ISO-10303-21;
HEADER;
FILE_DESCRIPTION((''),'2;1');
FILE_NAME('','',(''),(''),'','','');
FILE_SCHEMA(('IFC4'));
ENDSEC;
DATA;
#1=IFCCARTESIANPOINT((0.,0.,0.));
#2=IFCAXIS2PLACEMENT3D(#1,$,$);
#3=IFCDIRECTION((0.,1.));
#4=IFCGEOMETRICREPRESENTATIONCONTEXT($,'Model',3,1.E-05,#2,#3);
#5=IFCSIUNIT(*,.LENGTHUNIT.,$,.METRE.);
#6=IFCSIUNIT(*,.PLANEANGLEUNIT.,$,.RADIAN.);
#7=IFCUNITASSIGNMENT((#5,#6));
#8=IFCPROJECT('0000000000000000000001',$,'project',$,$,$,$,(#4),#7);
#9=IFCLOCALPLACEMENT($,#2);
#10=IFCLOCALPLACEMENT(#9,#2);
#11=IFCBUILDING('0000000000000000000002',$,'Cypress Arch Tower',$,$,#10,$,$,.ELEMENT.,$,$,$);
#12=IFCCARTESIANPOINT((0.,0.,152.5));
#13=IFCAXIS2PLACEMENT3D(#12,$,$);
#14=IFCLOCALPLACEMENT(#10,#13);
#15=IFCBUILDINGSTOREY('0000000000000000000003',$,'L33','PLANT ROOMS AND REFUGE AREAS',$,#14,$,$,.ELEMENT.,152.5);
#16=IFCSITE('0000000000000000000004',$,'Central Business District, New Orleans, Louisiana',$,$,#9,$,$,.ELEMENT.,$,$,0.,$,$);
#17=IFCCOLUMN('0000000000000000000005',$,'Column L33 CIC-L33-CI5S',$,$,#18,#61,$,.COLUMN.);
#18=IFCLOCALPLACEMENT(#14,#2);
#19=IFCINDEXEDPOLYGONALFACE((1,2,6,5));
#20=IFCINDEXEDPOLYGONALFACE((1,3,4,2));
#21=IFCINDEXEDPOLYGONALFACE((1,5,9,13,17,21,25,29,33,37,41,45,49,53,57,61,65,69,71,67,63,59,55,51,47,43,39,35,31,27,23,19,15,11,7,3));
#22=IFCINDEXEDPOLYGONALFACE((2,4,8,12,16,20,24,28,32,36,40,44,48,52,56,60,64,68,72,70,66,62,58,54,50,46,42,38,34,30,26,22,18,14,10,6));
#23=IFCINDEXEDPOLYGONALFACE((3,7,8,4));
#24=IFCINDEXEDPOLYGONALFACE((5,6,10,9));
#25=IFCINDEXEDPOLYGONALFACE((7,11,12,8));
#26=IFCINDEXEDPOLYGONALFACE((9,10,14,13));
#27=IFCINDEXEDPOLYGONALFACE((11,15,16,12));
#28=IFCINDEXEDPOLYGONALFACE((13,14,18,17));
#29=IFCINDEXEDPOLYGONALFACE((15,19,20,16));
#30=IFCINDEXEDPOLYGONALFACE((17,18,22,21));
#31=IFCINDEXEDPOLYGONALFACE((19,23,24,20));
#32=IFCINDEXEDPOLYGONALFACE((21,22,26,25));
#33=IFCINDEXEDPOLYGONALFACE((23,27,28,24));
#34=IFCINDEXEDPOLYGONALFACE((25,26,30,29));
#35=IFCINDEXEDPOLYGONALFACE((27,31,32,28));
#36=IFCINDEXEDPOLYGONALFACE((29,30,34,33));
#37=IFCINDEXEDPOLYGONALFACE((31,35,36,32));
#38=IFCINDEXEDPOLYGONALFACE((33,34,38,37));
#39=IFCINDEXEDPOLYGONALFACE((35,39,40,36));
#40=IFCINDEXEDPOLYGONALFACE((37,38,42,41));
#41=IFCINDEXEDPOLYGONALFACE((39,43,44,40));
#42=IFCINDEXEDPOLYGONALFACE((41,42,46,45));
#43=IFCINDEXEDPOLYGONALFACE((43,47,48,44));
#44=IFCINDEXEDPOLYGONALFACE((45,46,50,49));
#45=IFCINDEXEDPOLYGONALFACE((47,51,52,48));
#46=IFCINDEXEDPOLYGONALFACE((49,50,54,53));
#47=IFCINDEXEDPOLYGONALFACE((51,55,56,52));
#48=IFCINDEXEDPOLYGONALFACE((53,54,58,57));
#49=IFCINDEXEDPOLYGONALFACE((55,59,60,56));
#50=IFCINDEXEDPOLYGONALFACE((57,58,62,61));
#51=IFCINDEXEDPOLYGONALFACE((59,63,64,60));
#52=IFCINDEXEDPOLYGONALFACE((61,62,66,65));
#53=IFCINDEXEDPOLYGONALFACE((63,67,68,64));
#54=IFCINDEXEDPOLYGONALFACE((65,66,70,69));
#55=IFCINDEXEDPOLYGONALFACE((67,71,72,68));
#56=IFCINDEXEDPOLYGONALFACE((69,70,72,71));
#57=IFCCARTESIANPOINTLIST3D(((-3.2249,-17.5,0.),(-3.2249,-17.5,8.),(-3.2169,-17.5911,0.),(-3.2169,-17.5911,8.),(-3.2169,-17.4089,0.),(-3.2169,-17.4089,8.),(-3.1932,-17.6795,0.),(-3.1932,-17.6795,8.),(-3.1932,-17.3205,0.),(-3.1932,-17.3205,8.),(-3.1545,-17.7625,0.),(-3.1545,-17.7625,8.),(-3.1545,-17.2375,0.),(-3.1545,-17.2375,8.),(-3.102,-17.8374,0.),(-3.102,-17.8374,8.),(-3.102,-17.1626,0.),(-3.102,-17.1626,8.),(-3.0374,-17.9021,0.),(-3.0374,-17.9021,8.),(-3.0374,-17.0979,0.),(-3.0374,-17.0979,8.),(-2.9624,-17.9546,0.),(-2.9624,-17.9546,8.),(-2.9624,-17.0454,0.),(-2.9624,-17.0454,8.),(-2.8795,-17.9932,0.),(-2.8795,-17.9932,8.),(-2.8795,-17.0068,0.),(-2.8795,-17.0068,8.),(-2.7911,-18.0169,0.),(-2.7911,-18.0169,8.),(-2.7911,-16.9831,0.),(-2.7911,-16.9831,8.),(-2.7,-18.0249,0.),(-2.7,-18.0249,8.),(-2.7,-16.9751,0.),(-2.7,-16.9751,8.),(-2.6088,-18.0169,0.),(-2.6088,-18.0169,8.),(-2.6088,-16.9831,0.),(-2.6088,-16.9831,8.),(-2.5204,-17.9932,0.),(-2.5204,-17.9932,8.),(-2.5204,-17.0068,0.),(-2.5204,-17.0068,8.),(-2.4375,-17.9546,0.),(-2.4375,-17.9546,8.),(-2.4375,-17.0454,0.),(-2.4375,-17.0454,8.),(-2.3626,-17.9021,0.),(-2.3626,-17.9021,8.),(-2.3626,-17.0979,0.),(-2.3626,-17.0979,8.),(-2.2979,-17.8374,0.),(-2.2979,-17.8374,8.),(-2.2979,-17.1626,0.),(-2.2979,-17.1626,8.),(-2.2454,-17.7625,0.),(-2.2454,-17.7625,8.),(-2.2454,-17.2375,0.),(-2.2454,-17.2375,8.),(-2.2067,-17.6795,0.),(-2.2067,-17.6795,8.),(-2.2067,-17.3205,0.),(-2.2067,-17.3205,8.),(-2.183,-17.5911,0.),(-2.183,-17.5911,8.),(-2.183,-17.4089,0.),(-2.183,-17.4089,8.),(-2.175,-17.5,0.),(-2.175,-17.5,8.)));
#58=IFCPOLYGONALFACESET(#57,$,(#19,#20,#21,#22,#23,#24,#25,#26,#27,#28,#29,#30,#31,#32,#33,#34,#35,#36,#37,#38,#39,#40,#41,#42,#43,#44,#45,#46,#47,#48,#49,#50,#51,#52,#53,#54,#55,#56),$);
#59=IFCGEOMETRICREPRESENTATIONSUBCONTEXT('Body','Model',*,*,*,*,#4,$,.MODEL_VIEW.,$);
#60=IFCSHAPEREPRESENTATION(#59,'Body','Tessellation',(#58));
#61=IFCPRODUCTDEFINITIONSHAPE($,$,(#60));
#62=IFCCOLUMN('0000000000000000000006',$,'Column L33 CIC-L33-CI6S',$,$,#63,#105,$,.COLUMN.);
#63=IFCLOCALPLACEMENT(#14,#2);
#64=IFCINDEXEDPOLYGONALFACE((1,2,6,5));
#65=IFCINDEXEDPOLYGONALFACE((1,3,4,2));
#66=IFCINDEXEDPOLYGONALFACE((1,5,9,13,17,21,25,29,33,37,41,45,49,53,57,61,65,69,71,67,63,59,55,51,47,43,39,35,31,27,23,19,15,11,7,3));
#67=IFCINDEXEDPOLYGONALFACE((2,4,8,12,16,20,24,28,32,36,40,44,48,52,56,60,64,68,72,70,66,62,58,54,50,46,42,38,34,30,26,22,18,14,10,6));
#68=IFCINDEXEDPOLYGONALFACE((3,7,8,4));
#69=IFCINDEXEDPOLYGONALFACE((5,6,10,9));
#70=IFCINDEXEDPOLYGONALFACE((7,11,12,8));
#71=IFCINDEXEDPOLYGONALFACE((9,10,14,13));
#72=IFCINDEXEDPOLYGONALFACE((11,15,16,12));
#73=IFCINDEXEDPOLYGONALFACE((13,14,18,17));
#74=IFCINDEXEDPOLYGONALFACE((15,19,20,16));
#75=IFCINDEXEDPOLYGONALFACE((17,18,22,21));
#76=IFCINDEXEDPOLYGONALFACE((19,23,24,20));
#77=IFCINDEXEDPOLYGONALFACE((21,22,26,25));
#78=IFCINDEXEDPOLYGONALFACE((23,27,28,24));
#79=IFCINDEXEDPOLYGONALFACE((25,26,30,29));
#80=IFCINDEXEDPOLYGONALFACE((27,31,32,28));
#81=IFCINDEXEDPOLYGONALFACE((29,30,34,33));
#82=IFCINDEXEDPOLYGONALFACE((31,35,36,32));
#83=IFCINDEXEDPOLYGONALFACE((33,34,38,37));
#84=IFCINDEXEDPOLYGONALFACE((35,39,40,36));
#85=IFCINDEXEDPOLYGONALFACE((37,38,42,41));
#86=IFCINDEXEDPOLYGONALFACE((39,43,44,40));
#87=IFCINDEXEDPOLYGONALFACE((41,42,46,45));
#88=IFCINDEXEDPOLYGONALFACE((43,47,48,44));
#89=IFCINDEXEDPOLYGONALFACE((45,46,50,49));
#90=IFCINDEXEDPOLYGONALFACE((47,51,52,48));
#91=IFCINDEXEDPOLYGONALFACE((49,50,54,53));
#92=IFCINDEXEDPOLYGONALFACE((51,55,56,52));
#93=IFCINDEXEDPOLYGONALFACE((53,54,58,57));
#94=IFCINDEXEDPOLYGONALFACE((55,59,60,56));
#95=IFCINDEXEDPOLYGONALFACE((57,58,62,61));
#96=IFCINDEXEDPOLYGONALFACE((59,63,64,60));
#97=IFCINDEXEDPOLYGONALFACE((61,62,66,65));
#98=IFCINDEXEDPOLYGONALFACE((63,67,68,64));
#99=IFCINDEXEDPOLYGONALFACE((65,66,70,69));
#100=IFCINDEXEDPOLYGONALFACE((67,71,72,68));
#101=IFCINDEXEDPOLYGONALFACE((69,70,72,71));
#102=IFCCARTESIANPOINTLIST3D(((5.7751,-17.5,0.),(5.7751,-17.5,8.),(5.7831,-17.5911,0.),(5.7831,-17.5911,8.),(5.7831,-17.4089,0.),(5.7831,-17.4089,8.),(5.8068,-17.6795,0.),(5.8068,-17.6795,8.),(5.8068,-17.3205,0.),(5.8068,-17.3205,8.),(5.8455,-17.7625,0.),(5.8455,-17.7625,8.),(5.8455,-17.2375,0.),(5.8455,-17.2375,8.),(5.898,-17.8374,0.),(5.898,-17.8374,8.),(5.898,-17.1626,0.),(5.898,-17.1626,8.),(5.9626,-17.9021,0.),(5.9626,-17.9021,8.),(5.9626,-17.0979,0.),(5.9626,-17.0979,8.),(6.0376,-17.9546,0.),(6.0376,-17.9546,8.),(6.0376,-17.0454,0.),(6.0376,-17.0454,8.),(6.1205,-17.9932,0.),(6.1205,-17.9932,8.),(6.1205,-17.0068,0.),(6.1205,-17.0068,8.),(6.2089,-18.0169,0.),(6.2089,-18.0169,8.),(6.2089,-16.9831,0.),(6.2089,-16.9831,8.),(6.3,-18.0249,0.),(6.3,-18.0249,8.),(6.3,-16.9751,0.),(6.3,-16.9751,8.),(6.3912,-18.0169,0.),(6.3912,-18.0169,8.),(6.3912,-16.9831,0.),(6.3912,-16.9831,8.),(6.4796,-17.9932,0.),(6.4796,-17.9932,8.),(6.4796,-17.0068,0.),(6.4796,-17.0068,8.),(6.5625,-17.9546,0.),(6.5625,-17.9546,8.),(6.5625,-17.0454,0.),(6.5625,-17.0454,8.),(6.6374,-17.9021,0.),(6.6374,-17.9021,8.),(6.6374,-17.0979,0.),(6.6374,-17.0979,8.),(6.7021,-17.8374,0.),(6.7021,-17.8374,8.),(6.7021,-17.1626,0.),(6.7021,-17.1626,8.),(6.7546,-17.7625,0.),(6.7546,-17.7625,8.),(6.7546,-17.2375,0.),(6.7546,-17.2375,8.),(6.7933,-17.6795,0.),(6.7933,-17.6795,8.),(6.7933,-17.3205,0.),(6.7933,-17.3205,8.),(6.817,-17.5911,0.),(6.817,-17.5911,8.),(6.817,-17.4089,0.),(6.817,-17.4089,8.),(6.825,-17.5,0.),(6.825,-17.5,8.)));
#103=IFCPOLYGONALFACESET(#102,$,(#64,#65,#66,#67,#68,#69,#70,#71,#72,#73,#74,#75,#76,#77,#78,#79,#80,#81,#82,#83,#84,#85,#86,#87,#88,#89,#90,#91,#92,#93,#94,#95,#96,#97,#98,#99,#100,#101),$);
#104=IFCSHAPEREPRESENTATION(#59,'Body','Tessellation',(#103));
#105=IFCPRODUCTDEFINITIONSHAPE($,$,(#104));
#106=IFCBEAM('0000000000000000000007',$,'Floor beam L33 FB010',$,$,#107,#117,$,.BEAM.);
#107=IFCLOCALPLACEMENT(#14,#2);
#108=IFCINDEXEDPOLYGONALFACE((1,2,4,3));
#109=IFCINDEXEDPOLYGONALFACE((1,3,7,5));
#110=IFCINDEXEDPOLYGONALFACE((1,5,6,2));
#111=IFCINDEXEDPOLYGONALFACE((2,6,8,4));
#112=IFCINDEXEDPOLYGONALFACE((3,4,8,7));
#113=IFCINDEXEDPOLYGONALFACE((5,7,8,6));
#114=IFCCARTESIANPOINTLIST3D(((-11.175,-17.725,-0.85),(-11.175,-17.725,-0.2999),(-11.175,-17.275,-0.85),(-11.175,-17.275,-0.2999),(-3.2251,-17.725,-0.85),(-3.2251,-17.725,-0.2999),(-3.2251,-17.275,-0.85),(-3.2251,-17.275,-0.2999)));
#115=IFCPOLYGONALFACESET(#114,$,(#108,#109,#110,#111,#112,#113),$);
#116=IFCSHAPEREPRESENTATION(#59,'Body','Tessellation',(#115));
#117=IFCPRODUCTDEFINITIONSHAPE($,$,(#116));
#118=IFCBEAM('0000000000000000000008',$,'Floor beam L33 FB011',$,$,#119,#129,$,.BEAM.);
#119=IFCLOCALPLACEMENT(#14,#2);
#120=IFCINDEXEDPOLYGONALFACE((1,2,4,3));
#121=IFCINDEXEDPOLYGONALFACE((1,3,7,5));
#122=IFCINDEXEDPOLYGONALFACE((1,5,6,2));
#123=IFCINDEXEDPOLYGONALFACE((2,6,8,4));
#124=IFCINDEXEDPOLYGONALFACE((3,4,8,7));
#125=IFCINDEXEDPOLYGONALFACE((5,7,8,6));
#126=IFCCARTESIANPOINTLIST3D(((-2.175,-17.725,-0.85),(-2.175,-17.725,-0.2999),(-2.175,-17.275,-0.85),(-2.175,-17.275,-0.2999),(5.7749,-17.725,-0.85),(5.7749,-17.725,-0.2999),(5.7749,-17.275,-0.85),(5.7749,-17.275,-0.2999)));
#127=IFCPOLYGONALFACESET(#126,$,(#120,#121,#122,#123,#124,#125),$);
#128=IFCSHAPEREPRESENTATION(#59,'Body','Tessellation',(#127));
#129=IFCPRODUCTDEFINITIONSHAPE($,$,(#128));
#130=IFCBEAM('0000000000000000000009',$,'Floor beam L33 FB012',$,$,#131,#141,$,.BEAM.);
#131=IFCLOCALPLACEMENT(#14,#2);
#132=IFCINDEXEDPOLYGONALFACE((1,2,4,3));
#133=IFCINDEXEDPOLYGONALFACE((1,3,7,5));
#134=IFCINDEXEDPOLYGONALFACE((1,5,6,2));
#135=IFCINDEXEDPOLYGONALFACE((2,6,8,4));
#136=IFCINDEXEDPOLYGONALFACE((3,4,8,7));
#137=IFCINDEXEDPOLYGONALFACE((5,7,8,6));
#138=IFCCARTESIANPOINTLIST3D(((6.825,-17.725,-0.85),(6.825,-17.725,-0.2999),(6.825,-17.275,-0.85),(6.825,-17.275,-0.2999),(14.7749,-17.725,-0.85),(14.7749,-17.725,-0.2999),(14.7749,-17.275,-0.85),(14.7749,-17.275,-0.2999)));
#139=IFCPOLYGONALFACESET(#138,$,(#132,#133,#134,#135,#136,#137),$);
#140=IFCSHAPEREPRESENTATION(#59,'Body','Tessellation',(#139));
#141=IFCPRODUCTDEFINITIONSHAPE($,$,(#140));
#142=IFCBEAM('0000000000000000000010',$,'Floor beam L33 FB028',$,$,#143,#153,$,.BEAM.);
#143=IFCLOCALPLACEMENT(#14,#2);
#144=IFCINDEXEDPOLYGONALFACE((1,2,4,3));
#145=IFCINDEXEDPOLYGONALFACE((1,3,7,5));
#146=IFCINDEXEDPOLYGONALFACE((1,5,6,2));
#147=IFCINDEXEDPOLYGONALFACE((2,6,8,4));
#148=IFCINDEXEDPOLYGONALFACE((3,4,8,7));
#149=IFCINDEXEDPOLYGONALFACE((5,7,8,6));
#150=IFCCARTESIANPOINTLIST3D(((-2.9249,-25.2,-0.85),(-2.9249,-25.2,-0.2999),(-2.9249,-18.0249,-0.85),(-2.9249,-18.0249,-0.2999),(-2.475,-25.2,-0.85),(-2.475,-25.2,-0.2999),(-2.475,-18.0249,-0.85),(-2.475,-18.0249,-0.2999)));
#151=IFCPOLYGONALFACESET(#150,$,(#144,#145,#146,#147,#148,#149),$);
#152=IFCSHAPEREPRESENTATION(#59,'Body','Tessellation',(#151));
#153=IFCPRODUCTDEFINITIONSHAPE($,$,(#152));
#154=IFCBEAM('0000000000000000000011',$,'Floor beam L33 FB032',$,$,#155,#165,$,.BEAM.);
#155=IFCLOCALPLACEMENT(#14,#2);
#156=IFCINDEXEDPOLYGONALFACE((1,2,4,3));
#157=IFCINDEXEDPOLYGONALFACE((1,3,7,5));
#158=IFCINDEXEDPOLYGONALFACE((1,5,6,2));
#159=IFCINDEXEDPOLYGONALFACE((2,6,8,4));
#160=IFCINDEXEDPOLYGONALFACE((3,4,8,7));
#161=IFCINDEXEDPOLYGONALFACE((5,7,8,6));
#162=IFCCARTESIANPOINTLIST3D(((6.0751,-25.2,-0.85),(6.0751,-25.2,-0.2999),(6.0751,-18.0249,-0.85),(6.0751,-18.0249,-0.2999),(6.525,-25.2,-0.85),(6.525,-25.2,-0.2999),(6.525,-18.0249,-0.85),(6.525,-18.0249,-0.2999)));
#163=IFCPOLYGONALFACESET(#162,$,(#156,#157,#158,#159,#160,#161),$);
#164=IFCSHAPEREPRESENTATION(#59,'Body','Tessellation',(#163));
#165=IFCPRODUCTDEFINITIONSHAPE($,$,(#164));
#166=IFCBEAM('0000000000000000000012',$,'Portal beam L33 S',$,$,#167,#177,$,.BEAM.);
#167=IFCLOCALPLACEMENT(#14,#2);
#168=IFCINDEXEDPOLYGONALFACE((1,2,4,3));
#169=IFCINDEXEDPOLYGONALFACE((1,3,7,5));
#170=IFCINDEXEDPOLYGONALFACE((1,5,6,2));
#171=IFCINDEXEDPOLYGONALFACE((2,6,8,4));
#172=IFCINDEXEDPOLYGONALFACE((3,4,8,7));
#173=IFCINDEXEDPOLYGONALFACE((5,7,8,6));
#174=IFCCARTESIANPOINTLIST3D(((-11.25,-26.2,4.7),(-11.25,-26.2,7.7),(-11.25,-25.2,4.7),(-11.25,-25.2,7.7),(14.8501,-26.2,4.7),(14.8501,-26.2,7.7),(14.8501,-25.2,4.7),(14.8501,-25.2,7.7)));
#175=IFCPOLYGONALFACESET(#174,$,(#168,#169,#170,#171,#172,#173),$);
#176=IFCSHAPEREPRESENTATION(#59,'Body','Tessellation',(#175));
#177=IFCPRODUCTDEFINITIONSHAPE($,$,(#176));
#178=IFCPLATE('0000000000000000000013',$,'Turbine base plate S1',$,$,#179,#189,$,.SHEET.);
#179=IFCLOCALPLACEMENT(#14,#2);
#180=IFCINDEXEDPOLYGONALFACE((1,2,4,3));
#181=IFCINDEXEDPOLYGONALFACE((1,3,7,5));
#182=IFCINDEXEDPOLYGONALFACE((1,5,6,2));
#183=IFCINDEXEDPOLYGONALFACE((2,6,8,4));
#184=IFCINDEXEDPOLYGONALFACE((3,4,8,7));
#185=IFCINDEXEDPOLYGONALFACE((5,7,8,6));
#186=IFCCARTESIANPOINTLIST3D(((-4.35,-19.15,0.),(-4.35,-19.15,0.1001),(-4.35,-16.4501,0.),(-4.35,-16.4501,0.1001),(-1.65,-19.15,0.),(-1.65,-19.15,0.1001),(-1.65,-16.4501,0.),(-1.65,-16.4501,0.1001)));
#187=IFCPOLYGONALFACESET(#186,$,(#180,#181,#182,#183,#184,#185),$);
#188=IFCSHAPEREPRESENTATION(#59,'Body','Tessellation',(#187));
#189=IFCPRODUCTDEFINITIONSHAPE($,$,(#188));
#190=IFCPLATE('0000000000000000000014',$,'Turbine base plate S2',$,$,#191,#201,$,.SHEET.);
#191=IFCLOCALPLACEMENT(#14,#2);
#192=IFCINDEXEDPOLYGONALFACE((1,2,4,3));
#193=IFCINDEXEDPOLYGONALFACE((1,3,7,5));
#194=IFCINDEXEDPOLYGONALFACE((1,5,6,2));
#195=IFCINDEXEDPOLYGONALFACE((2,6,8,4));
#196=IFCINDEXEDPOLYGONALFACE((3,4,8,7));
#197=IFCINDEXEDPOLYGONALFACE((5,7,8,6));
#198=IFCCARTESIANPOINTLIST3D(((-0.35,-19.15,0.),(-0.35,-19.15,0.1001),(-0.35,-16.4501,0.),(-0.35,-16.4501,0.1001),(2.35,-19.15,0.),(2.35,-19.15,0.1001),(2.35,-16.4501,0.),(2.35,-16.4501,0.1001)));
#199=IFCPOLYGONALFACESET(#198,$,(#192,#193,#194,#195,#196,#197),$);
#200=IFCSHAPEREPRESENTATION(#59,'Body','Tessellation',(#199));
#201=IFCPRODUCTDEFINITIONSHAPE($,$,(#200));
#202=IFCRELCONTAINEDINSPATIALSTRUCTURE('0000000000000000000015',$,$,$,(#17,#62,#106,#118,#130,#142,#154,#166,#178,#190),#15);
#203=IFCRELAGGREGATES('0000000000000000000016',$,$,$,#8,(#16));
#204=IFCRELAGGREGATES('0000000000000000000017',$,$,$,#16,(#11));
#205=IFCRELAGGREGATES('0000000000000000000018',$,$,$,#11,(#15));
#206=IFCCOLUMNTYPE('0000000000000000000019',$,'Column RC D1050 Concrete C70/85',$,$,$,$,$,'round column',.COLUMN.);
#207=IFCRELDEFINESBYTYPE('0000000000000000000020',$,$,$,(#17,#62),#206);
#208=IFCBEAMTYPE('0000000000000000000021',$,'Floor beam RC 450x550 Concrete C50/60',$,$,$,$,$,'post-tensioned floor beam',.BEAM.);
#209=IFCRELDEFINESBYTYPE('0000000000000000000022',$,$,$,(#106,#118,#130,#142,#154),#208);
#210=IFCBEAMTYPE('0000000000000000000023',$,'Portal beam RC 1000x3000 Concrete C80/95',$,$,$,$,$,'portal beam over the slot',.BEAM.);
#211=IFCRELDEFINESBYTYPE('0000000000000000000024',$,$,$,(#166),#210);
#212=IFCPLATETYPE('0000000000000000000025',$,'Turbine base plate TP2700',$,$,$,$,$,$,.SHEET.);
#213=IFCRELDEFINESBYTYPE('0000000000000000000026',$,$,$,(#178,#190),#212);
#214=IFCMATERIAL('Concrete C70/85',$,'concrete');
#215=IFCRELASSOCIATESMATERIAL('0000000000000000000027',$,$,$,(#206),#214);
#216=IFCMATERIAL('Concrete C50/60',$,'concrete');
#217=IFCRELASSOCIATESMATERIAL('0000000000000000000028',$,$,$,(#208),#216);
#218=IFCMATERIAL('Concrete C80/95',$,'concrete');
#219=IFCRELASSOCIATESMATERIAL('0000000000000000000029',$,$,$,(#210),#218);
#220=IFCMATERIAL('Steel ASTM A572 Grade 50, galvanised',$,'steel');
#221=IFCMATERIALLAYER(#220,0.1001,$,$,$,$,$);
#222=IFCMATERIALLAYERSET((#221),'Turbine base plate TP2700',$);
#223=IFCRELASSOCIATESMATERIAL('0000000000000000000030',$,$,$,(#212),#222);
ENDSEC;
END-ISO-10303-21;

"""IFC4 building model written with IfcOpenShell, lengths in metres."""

from ifc_helpers import new_model, si_unit, direction, frame, origin, origin_2d, place, context, subcontext, project, spatial, rectangle, circle, extrude, material, layer, layer_set, material_profile, profile_set, type_object, element, save


model = new_model("IFC4")

# Units and contexts
model_context = context("Model", 3, precision=1e-05, world=origin(), true_north=direction((0.0, 1.0)))
body_context = subcontext(model_context, "Body", "Model", "MODEL_VIEW")
ifc_project = project(units=[si_unit("LENGTHUNIT", "METRE"), si_unit("PLANEANGLEUNIT", "RADIAN")], contexts=[model_context])

# Site, building, storey
site_placement = place(None, origin())
site = spatial("IfcSite", under=ifc_project, at=site_placement, Name="Central Business District, New Orleans, Louisiana", CompositionType="ELEMENT", RefElevation=0.0)
building_placement = place(site_placement, origin())
building = spatial("IfcBuilding", under=site, at=building_placement, Name="Cypress Arch Tower", CompositionType="ELEMENT")
storey_placement = place(building_placement, frame((0.0, 0.0, 152.5)))
storey = spatial("IfcBuildingStorey", under=building, at=storey_placement, Name="L33", Description="PLANT ROOMS AND REFUGE AREAS", CompositionType="ELEMENT", Elevation=152.5)

# Columns
ifc_material_1 = material(Name="Concrete C70/85", Category="concrete")
ifc_material_profile_1 = material_profile(ifc_material_1, circle(Radius=0.5249, at=origin_2d()), Name="RC D1050")
ifc_profile_set_1 = profile_set([ifc_material_profile_1], Name="Concrete C70/85")
column_type = type_object("IfcColumnType", Name="Column RC D1050 Concrete C70/85", ElementType="round column", PredefinedType="COLUMN", material=ifc_profile_set_1)
for number, where, z_axis, x_axis, name in (
    (1, (-2.7, -17.5, 0.0), (0.0, 0.0, 1.0), (1.0, 0.0, 0.0), "Column L33 CIC-L33-CI5S"),
    (2, (6.3, -17.5, 0.0), (0.0, 0.0, 1.0), (1.0, 0.0, 0.0), "Column L33 CIC-L33-CI6S"),
):
    element("IfcColumn", number, at=place(storey_placement, frame(where, z_axis=z_axis, x_axis=x_axis)), inside=storey, type_object=column_type, Name=name, PredefinedType="COLUMN", context=body_context, shape_type="SweptSolid", body=[
        extrude(circle(Radius=0.5249, at=origin_2d()), origin(), (0.0, 0.0, 1.0), 8.0),
    ])

# Beams
ifc_material_2 = material(Name="Concrete C50/60", Category="concrete")
ifc_material_profile_2 = material_profile(ifc_material_2, rectangle(XDim=0.45, YDim=0.55, at=origin_2d()), Name="RC 450x550")
ifc_profile_set_2 = profile_set([ifc_material_profile_2], Name="Concrete C50/60")
beam_type_1 = type_object("IfcBeamType", Name="Floor beam RC 450x550 Concrete C50/60", ElementType="post-tensioned floor beam", PredefinedType="BEAM", material=ifc_profile_set_2)
for number, where, z_axis, x_axis, name in (
    (3, (-11.175, -17.5, -0.575), (1.0, 0.0, 0.0), (0.0, 1.0, 0.0), "Floor beam L33 FB010"),
    (4, (-2.175, -17.5, -0.575), (1.0, 0.0, 0.0), (0.0, 1.0, 0.0), "Floor beam L33 FB011"),
    (5, (6.825, -17.5, -0.575), (1.0, 0.0, 0.0), (0.0, 1.0, 0.0), "Floor beam L33 FB012"),
):
    element("IfcBeam", number, at=place(storey_placement, frame(where, z_axis=z_axis, x_axis=x_axis)), inside=storey, type_object=beam_type_1, Name=name, PredefinedType="BEAM", context=body_context, shape_type="SweptSolid", body=[
        extrude(rectangle(XDim=0.45, YDim=0.55, at=origin_2d()), origin(), (0.0, 0.0, 1.0), 7.95),
    ])
for number, where, z_axis, x_axis, name in (
    (6, (-2.7, -25.2, -0.575), (0.0, 1.0, 0.0), (-1.0, 0.0, 0.0), "Floor beam L33 FB028"),
    (7, (6.3, -25.2, -0.575), (0.0, 1.0, 0.0), (-1.0, 0.0, 0.0), "Floor beam L33 FB032"),
):
    element("IfcBeam", number, at=place(storey_placement, frame(where, z_axis=z_axis, x_axis=x_axis)), inside=storey, type_object=beam_type_1, Name=name, PredefinedType="BEAM", context=body_context, shape_type="SweptSolid", body=[
        extrude(rectangle(XDim=0.45, YDim=0.55, at=origin_2d()), origin(), (0.0, 0.0, 1.0), 7.175),
    ])
ifc_material_3 = material(Name="Concrete C80/95", Category="concrete")
ifc_material_profile_3 = material_profile(ifc_material_3, rectangle(XDim=1.0, YDim=3.0, at=origin_2d()), Name="RC 1000x3000")
ifc_profile_set_3 = profile_set([ifc_material_profile_3], Name="Concrete C80/95")
beam_type_2 = type_object("IfcBeamType", Name="Portal beam RC 1000x3000 Concrete C80/95", ElementType="portal beam over the slot", PredefinedType="BEAM", material=ifc_profile_set_3)
beam_placement = place(storey_placement, frame((-11.25, -25.7, 6.2), z_axis=(1.0, 0.0, 0.0), x_axis=(0.0, 1.0, 0.0)))
element("IfcBeam", 8, at=beam_placement, inside=storey, type_object=beam_type_2, Name="Portal beam L33 S", PredefinedType="BEAM", context=body_context, shape_type="SweptSolid", body=[
    extrude(rectangle(XDim=1.0, YDim=3.0, at=origin_2d()), origin(), (0.0, 0.0, 1.0), 26.1001),
])

# Plates
ifc_material_4 = material(Name="Steel ASTM A572 Grade 50, galvanised", Category="steel")
ifc_layer_1 = layer(ifc_material_4, 0.1001)
ifc_layer_set_1 = layer_set([ifc_layer_1], Name="Turbine base plate TP2700")
plate_type = type_object("IfcPlateType", Name="Turbine base plate TP2700", PredefinedType="SHEET", material=ifc_layer_set_1)
for number, where, z_axis, x_axis, name in (
    (9, (-3.0, -17.8, 0.0), (0.0, 0.0, 1.0), (1.0, 0.0, 0.0), "Turbine base plate S1"),
    (10, (1.0, -17.8, 0.0), (0.0, 0.0, 1.0), (1.0, 0.0, 0.0), "Turbine base plate S2"),
):
    element("IfcPlate", number, at=place(storey_placement, frame(where, z_axis=z_axis, x_axis=x_axis)), inside=storey, type_object=plate_type, Name=name, PredefinedType="SHEET", context=body_context, shape_type="SweptSolid", body=[
        extrude(rectangle(XDim=2.7, YDim=2.7, at=origin_2d()), origin(), (0.0, 0.0, 1.0), 0.1001),
    ])

save(model, "model.ifc")
